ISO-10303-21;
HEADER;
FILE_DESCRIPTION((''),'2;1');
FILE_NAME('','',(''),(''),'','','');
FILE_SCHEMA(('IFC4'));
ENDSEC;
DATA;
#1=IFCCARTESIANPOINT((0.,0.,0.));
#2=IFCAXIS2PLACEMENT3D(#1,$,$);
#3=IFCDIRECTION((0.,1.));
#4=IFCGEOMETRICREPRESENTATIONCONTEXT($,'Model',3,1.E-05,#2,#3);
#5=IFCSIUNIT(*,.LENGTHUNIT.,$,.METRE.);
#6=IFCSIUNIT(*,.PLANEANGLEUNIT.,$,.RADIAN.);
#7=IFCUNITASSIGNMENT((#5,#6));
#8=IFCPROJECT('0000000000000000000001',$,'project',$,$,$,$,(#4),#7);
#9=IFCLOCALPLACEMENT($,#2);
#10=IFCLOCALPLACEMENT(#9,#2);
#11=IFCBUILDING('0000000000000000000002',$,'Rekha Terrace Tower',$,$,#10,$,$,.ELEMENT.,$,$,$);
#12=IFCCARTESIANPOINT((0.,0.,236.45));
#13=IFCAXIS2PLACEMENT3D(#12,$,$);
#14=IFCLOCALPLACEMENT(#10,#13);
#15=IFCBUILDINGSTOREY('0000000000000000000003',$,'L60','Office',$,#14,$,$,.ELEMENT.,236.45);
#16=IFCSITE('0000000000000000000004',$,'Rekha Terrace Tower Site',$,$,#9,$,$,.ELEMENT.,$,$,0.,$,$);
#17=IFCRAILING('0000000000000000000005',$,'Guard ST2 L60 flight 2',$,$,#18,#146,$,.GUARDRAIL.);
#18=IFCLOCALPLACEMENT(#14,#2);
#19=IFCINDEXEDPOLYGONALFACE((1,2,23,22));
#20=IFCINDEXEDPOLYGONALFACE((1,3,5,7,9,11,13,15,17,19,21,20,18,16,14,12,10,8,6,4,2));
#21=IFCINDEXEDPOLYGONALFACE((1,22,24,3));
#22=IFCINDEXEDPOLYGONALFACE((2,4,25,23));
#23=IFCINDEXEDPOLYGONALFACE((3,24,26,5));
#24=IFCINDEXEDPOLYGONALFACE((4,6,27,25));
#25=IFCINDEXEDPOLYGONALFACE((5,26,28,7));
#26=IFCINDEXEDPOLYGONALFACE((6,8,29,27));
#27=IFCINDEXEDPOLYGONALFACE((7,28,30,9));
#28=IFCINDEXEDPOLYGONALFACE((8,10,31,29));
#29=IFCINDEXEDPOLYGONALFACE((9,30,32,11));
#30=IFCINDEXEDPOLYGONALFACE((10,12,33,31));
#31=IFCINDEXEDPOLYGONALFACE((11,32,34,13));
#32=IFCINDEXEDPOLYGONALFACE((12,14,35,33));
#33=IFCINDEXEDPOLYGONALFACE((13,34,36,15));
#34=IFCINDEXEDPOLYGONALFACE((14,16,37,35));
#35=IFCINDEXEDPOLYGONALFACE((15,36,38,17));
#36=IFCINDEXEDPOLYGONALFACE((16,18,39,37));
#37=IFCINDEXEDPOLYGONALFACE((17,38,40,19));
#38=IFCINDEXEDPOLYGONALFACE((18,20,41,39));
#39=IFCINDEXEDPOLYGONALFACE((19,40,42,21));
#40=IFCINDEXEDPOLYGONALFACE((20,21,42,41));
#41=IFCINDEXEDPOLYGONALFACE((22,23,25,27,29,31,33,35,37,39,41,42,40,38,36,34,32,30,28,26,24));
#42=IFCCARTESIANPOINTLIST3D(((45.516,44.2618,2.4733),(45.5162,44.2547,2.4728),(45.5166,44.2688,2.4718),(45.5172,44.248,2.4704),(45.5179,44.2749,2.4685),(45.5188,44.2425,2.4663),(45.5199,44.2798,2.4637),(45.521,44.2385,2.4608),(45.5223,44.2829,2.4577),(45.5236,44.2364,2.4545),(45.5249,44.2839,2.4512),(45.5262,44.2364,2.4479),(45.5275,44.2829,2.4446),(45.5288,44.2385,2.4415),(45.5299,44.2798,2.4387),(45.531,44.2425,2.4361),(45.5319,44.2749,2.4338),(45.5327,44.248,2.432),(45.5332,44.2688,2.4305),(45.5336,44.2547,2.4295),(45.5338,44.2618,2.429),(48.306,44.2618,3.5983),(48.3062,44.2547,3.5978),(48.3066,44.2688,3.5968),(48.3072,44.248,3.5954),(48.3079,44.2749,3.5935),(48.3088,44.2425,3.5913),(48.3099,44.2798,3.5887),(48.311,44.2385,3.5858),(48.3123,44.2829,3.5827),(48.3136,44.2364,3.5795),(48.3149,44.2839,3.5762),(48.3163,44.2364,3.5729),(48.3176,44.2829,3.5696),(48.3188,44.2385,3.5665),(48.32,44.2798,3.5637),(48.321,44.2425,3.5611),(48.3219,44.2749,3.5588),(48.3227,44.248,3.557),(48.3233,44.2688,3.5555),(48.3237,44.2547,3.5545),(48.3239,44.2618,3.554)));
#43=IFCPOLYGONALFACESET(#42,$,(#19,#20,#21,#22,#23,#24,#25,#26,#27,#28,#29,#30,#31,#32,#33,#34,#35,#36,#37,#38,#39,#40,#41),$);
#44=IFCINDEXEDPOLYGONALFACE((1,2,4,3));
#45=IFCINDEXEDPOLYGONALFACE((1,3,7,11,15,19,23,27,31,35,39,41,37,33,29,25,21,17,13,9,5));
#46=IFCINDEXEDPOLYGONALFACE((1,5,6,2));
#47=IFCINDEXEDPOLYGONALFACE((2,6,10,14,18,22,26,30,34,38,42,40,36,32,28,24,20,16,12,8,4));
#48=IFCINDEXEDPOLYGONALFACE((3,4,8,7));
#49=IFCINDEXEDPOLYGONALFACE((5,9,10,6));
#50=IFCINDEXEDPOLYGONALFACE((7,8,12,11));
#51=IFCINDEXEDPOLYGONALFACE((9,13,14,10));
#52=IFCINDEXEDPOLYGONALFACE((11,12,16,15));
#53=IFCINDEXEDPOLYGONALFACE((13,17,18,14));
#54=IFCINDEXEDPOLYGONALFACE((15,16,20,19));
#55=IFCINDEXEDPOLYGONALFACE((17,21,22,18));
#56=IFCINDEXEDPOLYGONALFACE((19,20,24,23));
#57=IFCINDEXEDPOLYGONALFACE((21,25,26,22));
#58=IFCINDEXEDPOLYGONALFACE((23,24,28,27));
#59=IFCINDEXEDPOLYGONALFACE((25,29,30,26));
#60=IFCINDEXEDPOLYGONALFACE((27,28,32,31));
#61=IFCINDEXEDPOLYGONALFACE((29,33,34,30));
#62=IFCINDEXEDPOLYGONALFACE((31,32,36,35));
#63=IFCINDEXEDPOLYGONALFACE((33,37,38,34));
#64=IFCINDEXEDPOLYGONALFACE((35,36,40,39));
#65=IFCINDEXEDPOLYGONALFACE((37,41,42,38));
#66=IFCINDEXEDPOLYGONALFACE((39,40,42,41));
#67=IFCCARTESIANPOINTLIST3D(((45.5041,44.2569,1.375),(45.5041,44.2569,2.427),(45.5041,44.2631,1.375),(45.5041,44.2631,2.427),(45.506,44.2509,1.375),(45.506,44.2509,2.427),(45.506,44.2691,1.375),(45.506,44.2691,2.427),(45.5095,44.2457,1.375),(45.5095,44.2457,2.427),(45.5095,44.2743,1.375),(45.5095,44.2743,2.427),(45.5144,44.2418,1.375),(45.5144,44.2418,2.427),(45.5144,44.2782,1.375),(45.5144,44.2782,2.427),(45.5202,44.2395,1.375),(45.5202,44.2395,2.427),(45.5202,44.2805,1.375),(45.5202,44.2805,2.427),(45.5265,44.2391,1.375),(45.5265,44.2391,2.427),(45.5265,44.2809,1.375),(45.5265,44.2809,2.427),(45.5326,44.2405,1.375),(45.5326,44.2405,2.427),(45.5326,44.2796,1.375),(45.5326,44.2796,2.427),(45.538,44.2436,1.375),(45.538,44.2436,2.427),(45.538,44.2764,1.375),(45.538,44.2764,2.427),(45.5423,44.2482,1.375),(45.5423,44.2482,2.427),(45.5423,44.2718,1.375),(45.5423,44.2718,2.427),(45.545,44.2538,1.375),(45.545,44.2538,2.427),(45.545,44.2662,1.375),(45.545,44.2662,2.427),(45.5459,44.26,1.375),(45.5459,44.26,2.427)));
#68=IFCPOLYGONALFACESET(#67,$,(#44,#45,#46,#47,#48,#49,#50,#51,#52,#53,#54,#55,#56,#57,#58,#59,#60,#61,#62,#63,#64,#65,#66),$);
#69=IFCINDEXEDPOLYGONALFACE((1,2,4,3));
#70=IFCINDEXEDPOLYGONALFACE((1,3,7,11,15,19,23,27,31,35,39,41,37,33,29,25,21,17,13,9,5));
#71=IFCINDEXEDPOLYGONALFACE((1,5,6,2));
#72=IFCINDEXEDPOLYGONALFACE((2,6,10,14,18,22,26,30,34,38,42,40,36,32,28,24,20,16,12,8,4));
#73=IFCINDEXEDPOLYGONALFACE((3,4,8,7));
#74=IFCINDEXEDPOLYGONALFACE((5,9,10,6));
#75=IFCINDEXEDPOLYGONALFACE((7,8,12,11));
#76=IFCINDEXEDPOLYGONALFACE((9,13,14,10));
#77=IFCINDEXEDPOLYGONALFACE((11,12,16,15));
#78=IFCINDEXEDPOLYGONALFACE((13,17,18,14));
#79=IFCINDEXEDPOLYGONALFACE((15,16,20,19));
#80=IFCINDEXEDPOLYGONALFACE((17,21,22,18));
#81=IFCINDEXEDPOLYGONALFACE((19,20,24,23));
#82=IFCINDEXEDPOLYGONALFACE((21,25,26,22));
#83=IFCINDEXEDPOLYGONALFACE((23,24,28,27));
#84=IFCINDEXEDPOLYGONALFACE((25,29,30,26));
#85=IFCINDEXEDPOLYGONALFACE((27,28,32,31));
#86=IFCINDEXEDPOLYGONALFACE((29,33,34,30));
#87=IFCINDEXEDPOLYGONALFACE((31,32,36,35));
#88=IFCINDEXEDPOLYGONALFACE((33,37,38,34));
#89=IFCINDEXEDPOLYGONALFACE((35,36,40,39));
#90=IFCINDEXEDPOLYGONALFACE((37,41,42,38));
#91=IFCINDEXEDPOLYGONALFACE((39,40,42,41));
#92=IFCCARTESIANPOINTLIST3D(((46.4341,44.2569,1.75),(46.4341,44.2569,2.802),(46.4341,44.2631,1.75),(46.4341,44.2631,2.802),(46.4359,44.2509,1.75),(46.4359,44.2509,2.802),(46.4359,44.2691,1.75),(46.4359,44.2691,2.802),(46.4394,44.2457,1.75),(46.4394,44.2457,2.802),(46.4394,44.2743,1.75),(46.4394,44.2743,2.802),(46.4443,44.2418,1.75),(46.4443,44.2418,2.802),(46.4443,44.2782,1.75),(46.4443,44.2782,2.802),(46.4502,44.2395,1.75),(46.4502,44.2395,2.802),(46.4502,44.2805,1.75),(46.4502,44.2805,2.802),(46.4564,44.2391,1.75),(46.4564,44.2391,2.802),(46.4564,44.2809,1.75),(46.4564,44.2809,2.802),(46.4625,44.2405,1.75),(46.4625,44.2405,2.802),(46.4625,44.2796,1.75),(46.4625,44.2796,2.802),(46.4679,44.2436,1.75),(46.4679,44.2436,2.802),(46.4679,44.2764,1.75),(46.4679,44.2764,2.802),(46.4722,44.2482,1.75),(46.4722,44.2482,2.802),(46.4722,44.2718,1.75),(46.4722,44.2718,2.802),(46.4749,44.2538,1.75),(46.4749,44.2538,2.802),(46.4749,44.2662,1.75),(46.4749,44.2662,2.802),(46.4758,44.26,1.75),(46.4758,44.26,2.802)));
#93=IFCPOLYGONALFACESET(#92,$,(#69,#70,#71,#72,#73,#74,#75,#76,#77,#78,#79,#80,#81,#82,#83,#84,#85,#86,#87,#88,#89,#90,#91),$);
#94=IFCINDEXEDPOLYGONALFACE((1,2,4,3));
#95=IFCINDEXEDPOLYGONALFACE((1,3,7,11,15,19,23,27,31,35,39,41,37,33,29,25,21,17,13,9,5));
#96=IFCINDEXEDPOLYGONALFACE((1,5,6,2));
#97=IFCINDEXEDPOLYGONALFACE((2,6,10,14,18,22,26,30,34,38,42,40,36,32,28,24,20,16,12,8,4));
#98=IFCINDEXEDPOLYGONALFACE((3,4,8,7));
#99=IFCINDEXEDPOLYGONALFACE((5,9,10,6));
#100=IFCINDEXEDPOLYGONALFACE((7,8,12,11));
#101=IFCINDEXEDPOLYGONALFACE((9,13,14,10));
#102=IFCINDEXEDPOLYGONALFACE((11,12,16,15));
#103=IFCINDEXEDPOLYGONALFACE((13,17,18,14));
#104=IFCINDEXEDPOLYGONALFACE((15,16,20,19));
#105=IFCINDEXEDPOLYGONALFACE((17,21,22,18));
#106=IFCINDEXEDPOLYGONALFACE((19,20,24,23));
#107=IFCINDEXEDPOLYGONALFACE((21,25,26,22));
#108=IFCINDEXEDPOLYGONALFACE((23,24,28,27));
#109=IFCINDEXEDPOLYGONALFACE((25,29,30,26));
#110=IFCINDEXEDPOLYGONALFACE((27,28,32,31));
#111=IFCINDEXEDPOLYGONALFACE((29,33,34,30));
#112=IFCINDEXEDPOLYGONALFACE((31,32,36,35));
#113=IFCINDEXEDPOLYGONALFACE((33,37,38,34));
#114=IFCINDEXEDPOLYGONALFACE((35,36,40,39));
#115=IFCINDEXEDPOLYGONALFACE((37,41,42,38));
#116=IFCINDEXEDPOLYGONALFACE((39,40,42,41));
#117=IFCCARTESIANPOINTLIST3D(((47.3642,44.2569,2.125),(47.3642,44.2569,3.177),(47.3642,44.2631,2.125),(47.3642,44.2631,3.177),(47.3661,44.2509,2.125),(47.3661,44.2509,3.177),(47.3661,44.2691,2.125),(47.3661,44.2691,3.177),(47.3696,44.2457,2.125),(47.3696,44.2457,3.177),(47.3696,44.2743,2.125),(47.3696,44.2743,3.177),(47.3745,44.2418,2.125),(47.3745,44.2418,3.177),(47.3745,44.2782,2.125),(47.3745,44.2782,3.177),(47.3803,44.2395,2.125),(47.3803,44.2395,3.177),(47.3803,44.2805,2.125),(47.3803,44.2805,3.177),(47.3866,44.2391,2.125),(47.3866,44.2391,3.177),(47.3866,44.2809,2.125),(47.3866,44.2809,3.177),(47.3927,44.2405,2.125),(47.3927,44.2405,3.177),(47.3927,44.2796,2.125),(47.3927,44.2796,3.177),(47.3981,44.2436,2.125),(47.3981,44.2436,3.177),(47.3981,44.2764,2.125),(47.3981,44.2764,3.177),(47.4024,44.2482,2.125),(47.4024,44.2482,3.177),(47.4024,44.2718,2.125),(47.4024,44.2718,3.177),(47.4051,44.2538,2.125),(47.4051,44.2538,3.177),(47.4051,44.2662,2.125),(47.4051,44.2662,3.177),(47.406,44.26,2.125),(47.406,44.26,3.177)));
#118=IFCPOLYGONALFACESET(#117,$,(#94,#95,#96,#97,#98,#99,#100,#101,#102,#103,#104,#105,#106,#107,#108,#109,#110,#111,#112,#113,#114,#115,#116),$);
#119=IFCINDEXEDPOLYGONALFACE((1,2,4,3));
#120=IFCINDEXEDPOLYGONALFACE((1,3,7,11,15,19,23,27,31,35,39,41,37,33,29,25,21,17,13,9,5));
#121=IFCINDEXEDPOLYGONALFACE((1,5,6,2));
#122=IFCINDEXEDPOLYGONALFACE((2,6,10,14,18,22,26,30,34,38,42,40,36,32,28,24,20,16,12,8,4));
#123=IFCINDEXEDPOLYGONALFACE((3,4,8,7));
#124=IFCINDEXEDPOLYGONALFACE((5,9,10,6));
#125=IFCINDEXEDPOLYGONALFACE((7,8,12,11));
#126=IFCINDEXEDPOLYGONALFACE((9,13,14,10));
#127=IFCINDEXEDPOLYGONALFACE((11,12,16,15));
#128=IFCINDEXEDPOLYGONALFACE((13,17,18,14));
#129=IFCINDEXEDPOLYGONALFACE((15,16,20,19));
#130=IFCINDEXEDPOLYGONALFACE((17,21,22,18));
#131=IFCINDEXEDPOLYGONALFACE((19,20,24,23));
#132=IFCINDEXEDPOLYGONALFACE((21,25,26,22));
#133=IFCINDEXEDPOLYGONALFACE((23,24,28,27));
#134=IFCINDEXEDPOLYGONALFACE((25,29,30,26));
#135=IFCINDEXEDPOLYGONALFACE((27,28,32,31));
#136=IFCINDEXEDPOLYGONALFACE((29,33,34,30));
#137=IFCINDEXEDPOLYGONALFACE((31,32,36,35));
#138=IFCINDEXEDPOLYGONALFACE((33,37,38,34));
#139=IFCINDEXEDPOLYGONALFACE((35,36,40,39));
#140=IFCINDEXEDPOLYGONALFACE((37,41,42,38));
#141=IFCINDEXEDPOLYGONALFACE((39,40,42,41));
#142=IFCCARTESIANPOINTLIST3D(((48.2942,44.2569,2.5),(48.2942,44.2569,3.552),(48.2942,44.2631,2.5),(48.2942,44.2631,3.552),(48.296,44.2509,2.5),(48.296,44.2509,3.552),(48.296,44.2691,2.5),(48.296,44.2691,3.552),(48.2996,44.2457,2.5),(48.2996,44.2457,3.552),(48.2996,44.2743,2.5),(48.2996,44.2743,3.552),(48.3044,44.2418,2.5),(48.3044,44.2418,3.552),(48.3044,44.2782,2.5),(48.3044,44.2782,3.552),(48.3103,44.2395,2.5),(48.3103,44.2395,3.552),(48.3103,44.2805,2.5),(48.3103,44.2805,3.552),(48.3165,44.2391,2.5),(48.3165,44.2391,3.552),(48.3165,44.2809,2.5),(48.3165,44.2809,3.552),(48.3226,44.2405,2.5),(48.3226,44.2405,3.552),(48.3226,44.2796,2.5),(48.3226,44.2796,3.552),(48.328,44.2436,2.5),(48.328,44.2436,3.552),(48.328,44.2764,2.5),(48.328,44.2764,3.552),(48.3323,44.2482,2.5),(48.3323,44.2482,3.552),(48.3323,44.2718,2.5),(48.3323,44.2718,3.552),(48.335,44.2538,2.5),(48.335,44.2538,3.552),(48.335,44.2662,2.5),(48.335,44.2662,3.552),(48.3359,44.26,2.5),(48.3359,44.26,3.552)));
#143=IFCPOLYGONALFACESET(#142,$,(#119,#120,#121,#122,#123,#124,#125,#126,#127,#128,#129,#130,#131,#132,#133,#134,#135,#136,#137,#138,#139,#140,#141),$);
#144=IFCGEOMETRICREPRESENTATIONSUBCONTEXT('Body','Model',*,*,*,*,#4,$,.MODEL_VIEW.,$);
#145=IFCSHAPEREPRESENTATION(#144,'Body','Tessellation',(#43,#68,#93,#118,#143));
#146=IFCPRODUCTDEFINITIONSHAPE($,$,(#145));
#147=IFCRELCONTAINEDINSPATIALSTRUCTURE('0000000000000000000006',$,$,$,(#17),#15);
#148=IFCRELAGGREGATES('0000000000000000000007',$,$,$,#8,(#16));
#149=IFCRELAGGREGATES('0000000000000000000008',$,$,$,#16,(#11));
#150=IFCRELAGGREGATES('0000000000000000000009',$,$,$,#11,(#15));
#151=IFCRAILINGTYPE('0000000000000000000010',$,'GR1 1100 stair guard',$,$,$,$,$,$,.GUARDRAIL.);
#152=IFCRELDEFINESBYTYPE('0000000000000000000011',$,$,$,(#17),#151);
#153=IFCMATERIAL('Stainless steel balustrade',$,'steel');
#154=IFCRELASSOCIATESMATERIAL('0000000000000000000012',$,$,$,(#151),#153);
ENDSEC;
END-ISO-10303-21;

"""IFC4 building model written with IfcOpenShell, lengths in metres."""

from ifc_helpers import new_model, si_unit, direction, frame, origin, origin_2d, place, context, subcontext, project, spatial, circle, extrude, material, type_object, element, save


model = new_model("IFC4")

# Units and contexts
model_context = context("Model", 3, precision=1e-05, world=origin(), true_north=direction((0.0, 1.0)))
body_context = subcontext(model_context, "Body", "Model", "MODEL_VIEW")
ifc_project = project(units=[si_unit("LENGTHUNIT", "METRE"), si_unit("PLANEANGLEUNIT", "RADIAN")], contexts=[model_context])

# Site, building, storey
site_placement = place(None, origin())
site = spatial("IfcSite", under=ifc_project, at=site_placement, Name="Rekha Terrace Tower Site", CompositionType="ELEMENT", RefElevation=0.0)
building_placement = place(site_placement, origin())
building = spatial("IfcBuilding", under=site, at=building_placement, Name="Rekha Terrace Tower", CompositionType="ELEMENT")
storey_placement = place(building_placement, frame((0.0, 0.0, 236.45)))
storey = spatial("IfcBuildingStorey", under=building, at=storey_placement, Name="L60", Description="Office", CompositionType="ELEMENT", Elevation=236.45)

# Railing
ifc_material_1 = material(Name="Stainless steel balustrade", Category="steel")
railing_type_1 = type_object("IfcRailingType", Name="GR1 1100 stair guard", PredefinedType="GUARDRAIL", material=ifc_material_1)
railing_1_placement = place(storey_placement, frame((45.5249, 44.26, 1.375)))
element("IfcRailing", 1, at=railing_1_placement, inside=storey, type_object=railing_type_1, Name="Guard ST2 L60 flight 2", PredefinedType="GUARDRAIL", context=body_context, shape_type="SweptSolid", body=[
    extrude(circle(Radius=0.0239, at=origin_2d()), frame((0.0, 0.0, 1.0762), z_axis=(0.927443, 0.0, 0.373964), x_axis=(0.0, 1.0, 0.0)), (0.0, 0.0, 1.0), 3.0083),
    extrude(circle(Radius=0.021, at=origin_2d()), origin(), (0.0, 0.0, 1.0), 1.052),
    extrude(circle(Radius=0.021, at=origin_2d()), frame((0.9299, 0.0, 0.375)), (0.0, 0.0, 1.0), 1.052),
    extrude(circle(Radius=0.021, at=origin_2d()), frame((1.8601, 0.0, 0.75)), (0.0, 0.0, 1.0), 1.052),
    extrude(circle(Radius=0.021, at=origin_2d()), frame((2.79, 0.0, 1.125)), (0.0, 0.0, 1.0), 1.052),
])

save(model, "model.ifc")
